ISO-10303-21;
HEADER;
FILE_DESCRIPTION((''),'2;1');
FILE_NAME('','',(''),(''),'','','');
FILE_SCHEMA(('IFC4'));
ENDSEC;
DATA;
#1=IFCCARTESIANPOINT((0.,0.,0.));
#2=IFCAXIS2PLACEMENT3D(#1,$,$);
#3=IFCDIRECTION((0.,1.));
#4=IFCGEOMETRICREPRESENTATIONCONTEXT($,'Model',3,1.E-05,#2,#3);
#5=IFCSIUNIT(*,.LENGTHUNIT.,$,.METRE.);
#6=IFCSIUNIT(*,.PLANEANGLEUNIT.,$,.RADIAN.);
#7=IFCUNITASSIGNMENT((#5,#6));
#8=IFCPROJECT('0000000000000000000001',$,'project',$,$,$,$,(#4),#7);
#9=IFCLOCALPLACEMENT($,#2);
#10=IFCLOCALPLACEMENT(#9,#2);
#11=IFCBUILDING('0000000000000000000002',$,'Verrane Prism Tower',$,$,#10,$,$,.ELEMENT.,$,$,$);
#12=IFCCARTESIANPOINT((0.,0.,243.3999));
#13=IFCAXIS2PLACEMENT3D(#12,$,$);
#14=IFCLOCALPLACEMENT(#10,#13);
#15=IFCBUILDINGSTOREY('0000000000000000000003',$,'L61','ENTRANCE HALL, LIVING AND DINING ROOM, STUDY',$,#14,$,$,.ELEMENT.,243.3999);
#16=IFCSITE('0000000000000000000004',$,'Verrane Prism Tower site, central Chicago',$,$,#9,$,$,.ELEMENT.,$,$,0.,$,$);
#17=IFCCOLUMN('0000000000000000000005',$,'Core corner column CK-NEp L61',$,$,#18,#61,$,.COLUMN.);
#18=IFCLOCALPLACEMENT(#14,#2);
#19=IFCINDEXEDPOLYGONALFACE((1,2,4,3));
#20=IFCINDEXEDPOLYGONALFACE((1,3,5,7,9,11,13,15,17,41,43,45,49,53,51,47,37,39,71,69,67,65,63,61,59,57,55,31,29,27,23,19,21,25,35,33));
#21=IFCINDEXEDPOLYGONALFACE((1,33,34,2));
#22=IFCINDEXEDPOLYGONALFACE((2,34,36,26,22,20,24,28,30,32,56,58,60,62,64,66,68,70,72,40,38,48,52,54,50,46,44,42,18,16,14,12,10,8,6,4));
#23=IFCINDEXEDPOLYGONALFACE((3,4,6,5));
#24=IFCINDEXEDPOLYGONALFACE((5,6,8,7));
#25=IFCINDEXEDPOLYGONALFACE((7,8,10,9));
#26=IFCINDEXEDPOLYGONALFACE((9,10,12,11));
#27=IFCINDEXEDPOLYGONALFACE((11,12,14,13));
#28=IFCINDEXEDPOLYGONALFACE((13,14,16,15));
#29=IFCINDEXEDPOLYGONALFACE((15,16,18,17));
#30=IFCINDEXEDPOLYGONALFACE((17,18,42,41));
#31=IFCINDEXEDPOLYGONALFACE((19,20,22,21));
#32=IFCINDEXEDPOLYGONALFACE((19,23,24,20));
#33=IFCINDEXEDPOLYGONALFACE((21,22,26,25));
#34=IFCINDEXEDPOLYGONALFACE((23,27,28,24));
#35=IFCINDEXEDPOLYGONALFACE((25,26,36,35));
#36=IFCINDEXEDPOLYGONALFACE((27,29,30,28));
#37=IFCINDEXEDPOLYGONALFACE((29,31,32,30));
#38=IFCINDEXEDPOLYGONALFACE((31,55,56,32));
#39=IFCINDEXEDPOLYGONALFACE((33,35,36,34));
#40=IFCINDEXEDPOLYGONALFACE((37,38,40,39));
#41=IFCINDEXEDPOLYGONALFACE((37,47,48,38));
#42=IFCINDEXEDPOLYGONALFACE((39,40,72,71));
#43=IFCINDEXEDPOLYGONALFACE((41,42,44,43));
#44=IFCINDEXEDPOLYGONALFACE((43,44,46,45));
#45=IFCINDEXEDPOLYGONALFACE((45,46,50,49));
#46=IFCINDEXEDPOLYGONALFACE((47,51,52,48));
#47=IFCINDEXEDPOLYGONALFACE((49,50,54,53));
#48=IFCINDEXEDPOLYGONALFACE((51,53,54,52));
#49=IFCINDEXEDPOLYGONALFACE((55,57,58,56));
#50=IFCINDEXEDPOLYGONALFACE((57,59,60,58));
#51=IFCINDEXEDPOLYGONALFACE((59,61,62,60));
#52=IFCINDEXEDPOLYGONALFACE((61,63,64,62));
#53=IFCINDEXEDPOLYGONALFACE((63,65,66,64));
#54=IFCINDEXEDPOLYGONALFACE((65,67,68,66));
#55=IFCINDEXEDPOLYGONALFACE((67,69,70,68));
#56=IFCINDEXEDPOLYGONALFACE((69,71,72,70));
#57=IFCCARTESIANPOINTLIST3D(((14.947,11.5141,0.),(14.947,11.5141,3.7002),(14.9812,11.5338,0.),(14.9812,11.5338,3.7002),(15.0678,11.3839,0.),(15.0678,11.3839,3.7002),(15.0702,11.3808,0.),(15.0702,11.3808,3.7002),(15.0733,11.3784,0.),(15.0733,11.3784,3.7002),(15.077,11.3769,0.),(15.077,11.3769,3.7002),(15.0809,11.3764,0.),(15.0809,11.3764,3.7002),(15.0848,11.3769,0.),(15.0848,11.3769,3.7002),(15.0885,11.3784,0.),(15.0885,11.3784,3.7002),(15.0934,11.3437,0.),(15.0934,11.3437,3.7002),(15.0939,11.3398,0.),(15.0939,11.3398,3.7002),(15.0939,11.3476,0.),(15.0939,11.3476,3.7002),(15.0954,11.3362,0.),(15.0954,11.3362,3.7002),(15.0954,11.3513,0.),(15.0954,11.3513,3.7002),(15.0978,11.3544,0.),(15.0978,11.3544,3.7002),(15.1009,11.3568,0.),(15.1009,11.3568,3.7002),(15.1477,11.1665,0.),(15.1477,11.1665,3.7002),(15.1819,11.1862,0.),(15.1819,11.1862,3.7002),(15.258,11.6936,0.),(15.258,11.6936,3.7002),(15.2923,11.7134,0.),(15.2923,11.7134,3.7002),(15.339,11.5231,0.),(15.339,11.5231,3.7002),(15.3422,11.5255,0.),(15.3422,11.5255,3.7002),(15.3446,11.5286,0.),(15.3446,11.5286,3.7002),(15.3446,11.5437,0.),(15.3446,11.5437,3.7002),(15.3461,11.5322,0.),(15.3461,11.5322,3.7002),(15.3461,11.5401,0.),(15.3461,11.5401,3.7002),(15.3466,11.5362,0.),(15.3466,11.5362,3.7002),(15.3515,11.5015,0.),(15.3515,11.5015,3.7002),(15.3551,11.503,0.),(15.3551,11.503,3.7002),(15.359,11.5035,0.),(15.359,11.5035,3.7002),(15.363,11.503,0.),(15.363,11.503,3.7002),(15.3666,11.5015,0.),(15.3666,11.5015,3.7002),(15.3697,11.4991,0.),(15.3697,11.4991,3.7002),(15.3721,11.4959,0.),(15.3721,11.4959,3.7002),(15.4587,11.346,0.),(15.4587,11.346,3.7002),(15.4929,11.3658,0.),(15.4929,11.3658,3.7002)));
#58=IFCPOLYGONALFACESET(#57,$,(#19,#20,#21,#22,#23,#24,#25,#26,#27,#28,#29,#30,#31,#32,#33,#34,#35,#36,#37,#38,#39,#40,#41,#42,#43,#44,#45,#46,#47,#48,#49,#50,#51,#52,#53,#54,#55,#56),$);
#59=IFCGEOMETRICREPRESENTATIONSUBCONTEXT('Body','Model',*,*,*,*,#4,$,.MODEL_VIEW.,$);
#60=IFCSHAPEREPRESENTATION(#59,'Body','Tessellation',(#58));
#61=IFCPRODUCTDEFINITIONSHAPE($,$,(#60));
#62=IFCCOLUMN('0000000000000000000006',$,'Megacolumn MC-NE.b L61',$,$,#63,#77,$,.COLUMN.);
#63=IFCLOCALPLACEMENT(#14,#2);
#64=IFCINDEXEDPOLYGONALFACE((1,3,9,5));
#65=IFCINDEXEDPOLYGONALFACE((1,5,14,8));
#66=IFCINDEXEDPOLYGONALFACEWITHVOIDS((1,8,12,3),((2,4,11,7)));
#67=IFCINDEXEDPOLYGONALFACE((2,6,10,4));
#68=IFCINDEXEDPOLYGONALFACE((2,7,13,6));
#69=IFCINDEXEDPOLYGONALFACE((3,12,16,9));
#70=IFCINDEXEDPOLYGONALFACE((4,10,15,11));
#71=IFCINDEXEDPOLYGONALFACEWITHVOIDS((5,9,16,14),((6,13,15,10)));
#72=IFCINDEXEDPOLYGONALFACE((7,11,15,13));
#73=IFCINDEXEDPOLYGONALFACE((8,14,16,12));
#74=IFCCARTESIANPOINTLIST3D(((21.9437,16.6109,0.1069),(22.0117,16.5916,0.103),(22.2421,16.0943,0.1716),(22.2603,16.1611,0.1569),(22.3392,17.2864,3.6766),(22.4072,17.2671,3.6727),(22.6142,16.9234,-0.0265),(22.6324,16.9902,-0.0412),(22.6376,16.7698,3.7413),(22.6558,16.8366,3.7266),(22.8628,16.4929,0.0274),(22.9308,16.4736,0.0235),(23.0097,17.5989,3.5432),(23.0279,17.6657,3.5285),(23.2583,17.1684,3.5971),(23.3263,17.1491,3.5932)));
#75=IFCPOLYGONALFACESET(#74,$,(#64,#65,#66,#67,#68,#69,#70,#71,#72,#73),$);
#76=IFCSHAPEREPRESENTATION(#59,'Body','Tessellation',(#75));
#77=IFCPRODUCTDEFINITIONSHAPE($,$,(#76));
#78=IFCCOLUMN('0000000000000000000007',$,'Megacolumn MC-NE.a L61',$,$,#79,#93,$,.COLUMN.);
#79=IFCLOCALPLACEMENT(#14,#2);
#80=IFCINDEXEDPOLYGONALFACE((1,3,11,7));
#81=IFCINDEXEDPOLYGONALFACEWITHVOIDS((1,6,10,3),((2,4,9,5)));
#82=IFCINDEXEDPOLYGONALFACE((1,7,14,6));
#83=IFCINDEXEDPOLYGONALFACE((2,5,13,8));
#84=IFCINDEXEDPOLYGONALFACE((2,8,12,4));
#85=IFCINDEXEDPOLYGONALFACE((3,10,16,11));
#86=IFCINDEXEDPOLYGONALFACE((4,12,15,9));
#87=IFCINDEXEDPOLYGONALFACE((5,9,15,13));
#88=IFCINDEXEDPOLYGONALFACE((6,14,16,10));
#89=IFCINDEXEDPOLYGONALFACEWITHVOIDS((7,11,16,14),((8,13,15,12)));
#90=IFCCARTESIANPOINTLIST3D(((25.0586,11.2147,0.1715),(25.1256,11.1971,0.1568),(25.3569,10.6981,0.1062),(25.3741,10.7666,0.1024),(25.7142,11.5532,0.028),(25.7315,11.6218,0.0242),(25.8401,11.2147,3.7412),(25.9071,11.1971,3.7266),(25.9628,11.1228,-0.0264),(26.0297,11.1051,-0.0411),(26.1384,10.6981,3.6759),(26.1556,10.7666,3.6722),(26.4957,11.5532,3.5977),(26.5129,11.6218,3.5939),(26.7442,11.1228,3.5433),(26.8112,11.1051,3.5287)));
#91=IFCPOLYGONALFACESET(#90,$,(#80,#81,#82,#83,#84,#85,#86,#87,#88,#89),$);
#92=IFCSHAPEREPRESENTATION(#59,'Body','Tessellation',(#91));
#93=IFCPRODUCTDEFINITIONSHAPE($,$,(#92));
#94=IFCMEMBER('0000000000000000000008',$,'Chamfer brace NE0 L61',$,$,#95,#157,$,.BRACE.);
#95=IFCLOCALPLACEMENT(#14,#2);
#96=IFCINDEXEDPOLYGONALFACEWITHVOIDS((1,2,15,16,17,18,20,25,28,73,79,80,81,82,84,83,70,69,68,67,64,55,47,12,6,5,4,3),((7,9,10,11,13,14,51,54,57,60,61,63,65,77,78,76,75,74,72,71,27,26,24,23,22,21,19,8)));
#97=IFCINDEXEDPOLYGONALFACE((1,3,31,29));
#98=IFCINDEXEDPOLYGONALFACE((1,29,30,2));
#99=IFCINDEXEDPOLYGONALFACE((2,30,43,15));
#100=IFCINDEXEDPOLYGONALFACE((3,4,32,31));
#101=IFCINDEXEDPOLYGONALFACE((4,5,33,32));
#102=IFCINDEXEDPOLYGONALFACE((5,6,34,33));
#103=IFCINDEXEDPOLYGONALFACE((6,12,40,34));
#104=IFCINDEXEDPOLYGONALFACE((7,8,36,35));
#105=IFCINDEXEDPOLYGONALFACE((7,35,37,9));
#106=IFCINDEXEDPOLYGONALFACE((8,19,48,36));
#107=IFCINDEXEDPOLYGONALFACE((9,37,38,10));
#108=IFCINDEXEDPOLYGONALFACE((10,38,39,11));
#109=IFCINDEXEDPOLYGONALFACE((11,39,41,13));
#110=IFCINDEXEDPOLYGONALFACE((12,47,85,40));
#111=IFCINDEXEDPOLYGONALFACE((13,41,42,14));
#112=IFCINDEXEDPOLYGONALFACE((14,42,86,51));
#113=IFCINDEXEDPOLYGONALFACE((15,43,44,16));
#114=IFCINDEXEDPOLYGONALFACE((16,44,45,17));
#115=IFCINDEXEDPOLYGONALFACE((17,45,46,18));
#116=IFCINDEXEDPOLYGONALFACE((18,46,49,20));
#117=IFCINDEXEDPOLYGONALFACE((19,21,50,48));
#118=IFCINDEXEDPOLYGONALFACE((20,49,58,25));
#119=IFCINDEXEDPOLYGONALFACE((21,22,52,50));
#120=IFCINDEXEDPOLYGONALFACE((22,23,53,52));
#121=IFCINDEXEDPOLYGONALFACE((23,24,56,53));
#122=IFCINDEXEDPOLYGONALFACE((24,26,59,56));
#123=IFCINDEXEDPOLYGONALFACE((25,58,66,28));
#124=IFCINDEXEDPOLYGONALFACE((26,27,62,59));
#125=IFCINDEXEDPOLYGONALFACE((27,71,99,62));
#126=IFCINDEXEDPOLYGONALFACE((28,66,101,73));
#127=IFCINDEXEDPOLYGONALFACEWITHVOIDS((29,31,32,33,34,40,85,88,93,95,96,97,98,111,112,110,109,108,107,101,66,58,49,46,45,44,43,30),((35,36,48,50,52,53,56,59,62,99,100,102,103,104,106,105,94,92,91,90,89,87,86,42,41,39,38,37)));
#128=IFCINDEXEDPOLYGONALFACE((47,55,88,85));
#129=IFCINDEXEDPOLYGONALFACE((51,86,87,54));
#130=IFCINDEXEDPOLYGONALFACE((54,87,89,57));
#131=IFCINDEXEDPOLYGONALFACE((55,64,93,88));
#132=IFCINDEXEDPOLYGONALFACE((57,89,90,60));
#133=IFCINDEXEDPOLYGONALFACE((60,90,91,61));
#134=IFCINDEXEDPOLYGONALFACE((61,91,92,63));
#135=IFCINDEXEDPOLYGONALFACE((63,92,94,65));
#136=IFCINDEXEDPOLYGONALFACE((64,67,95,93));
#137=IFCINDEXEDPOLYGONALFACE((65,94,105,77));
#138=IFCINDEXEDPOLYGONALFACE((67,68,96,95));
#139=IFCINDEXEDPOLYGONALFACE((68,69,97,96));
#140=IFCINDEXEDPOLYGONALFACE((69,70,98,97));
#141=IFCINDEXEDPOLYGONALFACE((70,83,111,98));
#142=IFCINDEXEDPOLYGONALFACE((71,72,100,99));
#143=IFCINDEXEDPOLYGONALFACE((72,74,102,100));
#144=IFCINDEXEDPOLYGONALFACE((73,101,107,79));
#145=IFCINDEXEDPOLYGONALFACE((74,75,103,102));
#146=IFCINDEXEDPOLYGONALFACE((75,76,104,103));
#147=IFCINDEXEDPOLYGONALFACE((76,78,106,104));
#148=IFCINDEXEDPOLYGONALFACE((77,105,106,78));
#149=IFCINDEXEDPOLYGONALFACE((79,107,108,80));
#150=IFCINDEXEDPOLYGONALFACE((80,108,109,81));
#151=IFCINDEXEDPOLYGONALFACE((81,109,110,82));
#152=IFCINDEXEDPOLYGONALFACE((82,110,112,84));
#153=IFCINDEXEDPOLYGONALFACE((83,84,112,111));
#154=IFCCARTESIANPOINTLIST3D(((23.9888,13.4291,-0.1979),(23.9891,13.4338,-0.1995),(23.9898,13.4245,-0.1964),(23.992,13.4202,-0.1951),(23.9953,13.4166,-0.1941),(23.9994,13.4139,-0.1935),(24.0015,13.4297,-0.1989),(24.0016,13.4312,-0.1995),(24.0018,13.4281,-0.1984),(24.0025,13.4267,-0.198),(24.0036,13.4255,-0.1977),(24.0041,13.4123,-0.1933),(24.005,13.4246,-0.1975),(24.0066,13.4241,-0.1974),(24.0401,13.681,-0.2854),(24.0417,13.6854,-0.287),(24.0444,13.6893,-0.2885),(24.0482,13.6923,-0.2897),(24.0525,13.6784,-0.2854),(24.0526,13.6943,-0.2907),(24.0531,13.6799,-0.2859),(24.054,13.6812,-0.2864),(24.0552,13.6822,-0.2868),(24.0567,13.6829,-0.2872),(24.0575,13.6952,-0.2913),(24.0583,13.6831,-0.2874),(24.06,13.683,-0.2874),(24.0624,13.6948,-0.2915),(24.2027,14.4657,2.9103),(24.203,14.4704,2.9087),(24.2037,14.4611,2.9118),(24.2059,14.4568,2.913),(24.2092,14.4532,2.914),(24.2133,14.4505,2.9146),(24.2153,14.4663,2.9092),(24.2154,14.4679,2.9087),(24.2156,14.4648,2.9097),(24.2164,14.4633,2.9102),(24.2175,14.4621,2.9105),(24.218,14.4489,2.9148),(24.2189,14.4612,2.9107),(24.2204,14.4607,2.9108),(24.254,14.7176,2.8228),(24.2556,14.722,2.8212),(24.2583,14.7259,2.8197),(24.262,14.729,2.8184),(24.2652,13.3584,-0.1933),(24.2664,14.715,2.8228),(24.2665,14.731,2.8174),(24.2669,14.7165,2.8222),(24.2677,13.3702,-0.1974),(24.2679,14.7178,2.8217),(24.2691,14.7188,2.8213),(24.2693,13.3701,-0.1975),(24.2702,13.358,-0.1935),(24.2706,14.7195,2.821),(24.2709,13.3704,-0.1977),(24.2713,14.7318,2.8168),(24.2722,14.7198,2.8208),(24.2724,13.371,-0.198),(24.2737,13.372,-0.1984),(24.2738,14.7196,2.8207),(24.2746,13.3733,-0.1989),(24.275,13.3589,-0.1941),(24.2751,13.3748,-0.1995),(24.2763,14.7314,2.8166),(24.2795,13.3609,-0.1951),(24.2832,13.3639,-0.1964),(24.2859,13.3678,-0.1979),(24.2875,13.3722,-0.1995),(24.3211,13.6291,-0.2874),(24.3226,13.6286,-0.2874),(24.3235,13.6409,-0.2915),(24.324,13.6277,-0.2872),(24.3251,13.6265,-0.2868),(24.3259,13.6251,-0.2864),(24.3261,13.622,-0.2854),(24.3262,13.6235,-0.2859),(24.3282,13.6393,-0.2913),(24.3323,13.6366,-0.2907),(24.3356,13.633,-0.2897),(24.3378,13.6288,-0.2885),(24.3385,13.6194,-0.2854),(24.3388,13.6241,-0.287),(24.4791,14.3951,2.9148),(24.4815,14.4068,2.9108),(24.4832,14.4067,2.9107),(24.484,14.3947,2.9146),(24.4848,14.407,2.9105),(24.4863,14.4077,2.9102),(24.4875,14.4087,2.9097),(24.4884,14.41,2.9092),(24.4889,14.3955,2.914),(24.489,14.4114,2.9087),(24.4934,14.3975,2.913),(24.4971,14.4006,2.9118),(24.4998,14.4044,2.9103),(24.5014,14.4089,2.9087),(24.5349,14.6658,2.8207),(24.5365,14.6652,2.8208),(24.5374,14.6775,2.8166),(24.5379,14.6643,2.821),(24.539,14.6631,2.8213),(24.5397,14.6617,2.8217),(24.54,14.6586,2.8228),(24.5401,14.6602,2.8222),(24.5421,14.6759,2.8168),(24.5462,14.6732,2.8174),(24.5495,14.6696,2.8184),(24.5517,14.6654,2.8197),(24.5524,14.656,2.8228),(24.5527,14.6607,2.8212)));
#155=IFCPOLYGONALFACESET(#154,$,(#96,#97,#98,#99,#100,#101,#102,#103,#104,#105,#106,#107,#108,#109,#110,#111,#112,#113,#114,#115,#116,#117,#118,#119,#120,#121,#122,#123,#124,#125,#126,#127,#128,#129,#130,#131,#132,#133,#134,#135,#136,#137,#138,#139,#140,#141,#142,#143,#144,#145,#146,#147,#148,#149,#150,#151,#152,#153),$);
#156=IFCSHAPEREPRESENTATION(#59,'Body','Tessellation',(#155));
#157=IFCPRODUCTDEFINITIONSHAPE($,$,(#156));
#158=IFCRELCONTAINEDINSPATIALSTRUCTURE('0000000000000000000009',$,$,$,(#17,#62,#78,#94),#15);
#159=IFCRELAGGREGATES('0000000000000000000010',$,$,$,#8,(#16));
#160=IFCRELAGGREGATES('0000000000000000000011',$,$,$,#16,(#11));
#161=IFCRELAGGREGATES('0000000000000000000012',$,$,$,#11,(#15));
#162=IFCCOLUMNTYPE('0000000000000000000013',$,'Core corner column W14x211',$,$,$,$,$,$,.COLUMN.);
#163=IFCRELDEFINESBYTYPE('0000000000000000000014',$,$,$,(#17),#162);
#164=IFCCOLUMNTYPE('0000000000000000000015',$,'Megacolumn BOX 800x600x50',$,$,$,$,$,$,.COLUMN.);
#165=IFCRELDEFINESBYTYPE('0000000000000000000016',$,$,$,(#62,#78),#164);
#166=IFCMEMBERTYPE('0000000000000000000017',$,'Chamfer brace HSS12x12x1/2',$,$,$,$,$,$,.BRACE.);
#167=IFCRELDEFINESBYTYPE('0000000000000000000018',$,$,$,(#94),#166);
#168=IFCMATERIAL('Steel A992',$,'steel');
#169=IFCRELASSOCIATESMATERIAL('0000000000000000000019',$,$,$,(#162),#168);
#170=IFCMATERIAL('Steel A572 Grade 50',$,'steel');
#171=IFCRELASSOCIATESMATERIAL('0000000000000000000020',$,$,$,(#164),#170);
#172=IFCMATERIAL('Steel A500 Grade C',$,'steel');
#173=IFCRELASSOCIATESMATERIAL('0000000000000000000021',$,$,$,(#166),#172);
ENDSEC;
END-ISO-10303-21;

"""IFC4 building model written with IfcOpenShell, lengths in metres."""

from ifc_helpers import new_model, si_unit, direction, frame, origin, origin_2d, place, context, subcontext, project, spatial, hollow_rectangle, i_section, extrude, material, material_profile, profile_set, type_object, element, save


model = new_model("IFC4")

# Units and contexts
model_context = context("Model", 3, precision=1e-05, world=origin(), true_north=direction((0.0, 1.0)))
body_context = subcontext(model_context, "Body", "Model", "MODEL_VIEW")
ifc_project = project(units=[si_unit("LENGTHUNIT", "METRE"), si_unit("PLANEANGLEUNIT", "RADIAN")], contexts=[model_context])

# Site, building, storey
site_placement = place(None, origin())
site = spatial("IfcSite", under=ifc_project, at=site_placement, Name="Verrane Prism Tower site, central Chicago", CompositionType="ELEMENT", RefElevation=0.0)
building_placement = place(site_placement, origin())
building = spatial("IfcBuilding", under=site, at=building_placement, Name="Verrane Prism Tower", CompositionType="ELEMENT")
storey_placement = place(building_placement, frame((0.0, 0.0, 243.3999)))
storey = spatial("IfcBuildingStorey", under=building, at=storey_placement, Name="L61", Description="ENTRANCE HALL, LIVING AND DINING ROOM, STUDY", CompositionType="ELEMENT", Elevation=243.3999)

# Columns
ifc_material_1 = material(Name="Steel A992", Category="steel")
ifc_material_profile_1 = material_profile(ifc_material_1, i_section(OverallWidth=0.4014, OverallDepth=0.3987, WebThickness=0.0249, FlangeThickness=0.0396, FilletRadius=0.0151, at=origin_2d()), Name="W14x211")
ifc_profile_set_1 = profile_set([ifc_material_profile_1], Name="Steel A992")
column_type_1 = type_object("IfcColumnType", Name="Core corner column W14x211", PredefinedType="COLUMN", material=ifc_profile_set_1)
column_1_placement = place(storey_placement, frame((15.22, 11.4399, 0.0), z_axis=(0.0, 0.0, 1.0), x_axis=(0.5, -0.866025, 0.0)))
element("IfcColumn", 1, at=column_1_placement, inside=storey, type_object=column_type_1, Name="Core corner column CK-NEp L61", PredefinedType="COLUMN", context=body_context, shape_type="SweptSolid", body=[
    extrude(i_section(OverallWidth=0.4014, OverallDepth=0.3987, WebThickness=0.0249, FlangeThickness=0.0396, FilletRadius=0.0151, at=origin_2d()), origin(), (0.0, 0.0, 1.0), 3.7002),
])
ifc_material_2 = material(Name="Steel A572 Grade 50", Category="steel")
ifc_material_profile_2 = material_profile(ifc_material_2, hollow_rectangle(XDim=0.6001, YDim=0.8, WallThickness=0.05, at=origin_2d()), Name="BOX 800x600x50")
ifc_profile_set_2 = profile_set([ifc_material_profile_2], Name="Steel A572 Grade 50")
column_type_2 = type_object("IfcColumnType", Name="Megacolumn BOX 800x600x50", PredefinedType="COLUMN", material=ifc_profile_set_2)
column_2_placement = place(storey_placement, frame((22.4373, 16.5422, 0.0652), z_axis=(0.108221, 0.184843, 0.976791), x_axis=(0.497243, -0.860886, 0.107819)))
element("IfcColumn", 2, at=column_2_placement, inside=storey, type_object=column_type_2, Name="Megacolumn MC-NE.b L61", PredefinedType="COLUMN", context=body_context, shape_type="SweptSolid", body=[
    extrude(hollow_rectangle(XDim=0.6001, YDim=0.8, WallThickness=0.05, at=origin_2d()), origin(), (0.0, 0.0, 1.0), 3.6545),
])
column_3_placement = place(storey_placement, frame((25.5442, 11.1599, 0.0652), z_axis=(0.213852, 0.0, 0.976866), x_axis=(0.497032, -0.860883, -0.108809)))
element("IfcColumn", 3, at=column_3_placement, inside=storey, type_object=column_type_2, Name="Megacolumn MC-NE.a L61", PredefinedType="COLUMN", context=body_context, shape_type="SweptSolid", body=[
    extrude(hollow_rectangle(XDim=0.6001, YDim=0.8, WallThickness=0.05, at=origin_2d()), origin(), (0.0, 0.0, 1.0), 3.6543),
])

# Member
ifc_material_3 = material(Name="Steel A500 Grade C", Category="steel")
ifc_material_profile_3 = material_profile(ifc_material_3, hollow_rectangle(XDim=0.3047, YDim=0.3047, WallThickness=0.0127, InnerFilletRadius=0.0063, OuterFilletRadius=0.019, at=origin_2d()), Name="HSS12x12x1/2")
ifc_profile_set_3 = profile_set([ifc_material_profile_3], Name="Steel A500 Grade C")
member_type_1 = type_object("IfcMemberType", Name="Chamfer brace HSS12x12x1/2", PredefinedType="BRACE", material=ifc_profile_set_3)
member_1_placement = place(storey_placement, frame((24.1638, 13.5266, -0.2424), z_axis=(0.065135, 0.315712, 0.946617), x_axis=(-0.979374, 0.202056, 0.0)))
element("IfcMember", 4, at=member_1_placement, inside=storey, type_object=member_type_1, Name="Chamfer brace NE0 L61", PredefinedType="BRACE", context=body_context, shape_type="SweptSolid", body=[
    extrude(hollow_rectangle(XDim=0.3047, YDim=0.3047, WallThickness=0.0127, InnerFilletRadius=0.0063, OuterFilletRadius=0.019, at=origin_2d()), origin(), (0.0, 0.0, 1.0), 3.2834),
])

save(model, "model.ifc")
